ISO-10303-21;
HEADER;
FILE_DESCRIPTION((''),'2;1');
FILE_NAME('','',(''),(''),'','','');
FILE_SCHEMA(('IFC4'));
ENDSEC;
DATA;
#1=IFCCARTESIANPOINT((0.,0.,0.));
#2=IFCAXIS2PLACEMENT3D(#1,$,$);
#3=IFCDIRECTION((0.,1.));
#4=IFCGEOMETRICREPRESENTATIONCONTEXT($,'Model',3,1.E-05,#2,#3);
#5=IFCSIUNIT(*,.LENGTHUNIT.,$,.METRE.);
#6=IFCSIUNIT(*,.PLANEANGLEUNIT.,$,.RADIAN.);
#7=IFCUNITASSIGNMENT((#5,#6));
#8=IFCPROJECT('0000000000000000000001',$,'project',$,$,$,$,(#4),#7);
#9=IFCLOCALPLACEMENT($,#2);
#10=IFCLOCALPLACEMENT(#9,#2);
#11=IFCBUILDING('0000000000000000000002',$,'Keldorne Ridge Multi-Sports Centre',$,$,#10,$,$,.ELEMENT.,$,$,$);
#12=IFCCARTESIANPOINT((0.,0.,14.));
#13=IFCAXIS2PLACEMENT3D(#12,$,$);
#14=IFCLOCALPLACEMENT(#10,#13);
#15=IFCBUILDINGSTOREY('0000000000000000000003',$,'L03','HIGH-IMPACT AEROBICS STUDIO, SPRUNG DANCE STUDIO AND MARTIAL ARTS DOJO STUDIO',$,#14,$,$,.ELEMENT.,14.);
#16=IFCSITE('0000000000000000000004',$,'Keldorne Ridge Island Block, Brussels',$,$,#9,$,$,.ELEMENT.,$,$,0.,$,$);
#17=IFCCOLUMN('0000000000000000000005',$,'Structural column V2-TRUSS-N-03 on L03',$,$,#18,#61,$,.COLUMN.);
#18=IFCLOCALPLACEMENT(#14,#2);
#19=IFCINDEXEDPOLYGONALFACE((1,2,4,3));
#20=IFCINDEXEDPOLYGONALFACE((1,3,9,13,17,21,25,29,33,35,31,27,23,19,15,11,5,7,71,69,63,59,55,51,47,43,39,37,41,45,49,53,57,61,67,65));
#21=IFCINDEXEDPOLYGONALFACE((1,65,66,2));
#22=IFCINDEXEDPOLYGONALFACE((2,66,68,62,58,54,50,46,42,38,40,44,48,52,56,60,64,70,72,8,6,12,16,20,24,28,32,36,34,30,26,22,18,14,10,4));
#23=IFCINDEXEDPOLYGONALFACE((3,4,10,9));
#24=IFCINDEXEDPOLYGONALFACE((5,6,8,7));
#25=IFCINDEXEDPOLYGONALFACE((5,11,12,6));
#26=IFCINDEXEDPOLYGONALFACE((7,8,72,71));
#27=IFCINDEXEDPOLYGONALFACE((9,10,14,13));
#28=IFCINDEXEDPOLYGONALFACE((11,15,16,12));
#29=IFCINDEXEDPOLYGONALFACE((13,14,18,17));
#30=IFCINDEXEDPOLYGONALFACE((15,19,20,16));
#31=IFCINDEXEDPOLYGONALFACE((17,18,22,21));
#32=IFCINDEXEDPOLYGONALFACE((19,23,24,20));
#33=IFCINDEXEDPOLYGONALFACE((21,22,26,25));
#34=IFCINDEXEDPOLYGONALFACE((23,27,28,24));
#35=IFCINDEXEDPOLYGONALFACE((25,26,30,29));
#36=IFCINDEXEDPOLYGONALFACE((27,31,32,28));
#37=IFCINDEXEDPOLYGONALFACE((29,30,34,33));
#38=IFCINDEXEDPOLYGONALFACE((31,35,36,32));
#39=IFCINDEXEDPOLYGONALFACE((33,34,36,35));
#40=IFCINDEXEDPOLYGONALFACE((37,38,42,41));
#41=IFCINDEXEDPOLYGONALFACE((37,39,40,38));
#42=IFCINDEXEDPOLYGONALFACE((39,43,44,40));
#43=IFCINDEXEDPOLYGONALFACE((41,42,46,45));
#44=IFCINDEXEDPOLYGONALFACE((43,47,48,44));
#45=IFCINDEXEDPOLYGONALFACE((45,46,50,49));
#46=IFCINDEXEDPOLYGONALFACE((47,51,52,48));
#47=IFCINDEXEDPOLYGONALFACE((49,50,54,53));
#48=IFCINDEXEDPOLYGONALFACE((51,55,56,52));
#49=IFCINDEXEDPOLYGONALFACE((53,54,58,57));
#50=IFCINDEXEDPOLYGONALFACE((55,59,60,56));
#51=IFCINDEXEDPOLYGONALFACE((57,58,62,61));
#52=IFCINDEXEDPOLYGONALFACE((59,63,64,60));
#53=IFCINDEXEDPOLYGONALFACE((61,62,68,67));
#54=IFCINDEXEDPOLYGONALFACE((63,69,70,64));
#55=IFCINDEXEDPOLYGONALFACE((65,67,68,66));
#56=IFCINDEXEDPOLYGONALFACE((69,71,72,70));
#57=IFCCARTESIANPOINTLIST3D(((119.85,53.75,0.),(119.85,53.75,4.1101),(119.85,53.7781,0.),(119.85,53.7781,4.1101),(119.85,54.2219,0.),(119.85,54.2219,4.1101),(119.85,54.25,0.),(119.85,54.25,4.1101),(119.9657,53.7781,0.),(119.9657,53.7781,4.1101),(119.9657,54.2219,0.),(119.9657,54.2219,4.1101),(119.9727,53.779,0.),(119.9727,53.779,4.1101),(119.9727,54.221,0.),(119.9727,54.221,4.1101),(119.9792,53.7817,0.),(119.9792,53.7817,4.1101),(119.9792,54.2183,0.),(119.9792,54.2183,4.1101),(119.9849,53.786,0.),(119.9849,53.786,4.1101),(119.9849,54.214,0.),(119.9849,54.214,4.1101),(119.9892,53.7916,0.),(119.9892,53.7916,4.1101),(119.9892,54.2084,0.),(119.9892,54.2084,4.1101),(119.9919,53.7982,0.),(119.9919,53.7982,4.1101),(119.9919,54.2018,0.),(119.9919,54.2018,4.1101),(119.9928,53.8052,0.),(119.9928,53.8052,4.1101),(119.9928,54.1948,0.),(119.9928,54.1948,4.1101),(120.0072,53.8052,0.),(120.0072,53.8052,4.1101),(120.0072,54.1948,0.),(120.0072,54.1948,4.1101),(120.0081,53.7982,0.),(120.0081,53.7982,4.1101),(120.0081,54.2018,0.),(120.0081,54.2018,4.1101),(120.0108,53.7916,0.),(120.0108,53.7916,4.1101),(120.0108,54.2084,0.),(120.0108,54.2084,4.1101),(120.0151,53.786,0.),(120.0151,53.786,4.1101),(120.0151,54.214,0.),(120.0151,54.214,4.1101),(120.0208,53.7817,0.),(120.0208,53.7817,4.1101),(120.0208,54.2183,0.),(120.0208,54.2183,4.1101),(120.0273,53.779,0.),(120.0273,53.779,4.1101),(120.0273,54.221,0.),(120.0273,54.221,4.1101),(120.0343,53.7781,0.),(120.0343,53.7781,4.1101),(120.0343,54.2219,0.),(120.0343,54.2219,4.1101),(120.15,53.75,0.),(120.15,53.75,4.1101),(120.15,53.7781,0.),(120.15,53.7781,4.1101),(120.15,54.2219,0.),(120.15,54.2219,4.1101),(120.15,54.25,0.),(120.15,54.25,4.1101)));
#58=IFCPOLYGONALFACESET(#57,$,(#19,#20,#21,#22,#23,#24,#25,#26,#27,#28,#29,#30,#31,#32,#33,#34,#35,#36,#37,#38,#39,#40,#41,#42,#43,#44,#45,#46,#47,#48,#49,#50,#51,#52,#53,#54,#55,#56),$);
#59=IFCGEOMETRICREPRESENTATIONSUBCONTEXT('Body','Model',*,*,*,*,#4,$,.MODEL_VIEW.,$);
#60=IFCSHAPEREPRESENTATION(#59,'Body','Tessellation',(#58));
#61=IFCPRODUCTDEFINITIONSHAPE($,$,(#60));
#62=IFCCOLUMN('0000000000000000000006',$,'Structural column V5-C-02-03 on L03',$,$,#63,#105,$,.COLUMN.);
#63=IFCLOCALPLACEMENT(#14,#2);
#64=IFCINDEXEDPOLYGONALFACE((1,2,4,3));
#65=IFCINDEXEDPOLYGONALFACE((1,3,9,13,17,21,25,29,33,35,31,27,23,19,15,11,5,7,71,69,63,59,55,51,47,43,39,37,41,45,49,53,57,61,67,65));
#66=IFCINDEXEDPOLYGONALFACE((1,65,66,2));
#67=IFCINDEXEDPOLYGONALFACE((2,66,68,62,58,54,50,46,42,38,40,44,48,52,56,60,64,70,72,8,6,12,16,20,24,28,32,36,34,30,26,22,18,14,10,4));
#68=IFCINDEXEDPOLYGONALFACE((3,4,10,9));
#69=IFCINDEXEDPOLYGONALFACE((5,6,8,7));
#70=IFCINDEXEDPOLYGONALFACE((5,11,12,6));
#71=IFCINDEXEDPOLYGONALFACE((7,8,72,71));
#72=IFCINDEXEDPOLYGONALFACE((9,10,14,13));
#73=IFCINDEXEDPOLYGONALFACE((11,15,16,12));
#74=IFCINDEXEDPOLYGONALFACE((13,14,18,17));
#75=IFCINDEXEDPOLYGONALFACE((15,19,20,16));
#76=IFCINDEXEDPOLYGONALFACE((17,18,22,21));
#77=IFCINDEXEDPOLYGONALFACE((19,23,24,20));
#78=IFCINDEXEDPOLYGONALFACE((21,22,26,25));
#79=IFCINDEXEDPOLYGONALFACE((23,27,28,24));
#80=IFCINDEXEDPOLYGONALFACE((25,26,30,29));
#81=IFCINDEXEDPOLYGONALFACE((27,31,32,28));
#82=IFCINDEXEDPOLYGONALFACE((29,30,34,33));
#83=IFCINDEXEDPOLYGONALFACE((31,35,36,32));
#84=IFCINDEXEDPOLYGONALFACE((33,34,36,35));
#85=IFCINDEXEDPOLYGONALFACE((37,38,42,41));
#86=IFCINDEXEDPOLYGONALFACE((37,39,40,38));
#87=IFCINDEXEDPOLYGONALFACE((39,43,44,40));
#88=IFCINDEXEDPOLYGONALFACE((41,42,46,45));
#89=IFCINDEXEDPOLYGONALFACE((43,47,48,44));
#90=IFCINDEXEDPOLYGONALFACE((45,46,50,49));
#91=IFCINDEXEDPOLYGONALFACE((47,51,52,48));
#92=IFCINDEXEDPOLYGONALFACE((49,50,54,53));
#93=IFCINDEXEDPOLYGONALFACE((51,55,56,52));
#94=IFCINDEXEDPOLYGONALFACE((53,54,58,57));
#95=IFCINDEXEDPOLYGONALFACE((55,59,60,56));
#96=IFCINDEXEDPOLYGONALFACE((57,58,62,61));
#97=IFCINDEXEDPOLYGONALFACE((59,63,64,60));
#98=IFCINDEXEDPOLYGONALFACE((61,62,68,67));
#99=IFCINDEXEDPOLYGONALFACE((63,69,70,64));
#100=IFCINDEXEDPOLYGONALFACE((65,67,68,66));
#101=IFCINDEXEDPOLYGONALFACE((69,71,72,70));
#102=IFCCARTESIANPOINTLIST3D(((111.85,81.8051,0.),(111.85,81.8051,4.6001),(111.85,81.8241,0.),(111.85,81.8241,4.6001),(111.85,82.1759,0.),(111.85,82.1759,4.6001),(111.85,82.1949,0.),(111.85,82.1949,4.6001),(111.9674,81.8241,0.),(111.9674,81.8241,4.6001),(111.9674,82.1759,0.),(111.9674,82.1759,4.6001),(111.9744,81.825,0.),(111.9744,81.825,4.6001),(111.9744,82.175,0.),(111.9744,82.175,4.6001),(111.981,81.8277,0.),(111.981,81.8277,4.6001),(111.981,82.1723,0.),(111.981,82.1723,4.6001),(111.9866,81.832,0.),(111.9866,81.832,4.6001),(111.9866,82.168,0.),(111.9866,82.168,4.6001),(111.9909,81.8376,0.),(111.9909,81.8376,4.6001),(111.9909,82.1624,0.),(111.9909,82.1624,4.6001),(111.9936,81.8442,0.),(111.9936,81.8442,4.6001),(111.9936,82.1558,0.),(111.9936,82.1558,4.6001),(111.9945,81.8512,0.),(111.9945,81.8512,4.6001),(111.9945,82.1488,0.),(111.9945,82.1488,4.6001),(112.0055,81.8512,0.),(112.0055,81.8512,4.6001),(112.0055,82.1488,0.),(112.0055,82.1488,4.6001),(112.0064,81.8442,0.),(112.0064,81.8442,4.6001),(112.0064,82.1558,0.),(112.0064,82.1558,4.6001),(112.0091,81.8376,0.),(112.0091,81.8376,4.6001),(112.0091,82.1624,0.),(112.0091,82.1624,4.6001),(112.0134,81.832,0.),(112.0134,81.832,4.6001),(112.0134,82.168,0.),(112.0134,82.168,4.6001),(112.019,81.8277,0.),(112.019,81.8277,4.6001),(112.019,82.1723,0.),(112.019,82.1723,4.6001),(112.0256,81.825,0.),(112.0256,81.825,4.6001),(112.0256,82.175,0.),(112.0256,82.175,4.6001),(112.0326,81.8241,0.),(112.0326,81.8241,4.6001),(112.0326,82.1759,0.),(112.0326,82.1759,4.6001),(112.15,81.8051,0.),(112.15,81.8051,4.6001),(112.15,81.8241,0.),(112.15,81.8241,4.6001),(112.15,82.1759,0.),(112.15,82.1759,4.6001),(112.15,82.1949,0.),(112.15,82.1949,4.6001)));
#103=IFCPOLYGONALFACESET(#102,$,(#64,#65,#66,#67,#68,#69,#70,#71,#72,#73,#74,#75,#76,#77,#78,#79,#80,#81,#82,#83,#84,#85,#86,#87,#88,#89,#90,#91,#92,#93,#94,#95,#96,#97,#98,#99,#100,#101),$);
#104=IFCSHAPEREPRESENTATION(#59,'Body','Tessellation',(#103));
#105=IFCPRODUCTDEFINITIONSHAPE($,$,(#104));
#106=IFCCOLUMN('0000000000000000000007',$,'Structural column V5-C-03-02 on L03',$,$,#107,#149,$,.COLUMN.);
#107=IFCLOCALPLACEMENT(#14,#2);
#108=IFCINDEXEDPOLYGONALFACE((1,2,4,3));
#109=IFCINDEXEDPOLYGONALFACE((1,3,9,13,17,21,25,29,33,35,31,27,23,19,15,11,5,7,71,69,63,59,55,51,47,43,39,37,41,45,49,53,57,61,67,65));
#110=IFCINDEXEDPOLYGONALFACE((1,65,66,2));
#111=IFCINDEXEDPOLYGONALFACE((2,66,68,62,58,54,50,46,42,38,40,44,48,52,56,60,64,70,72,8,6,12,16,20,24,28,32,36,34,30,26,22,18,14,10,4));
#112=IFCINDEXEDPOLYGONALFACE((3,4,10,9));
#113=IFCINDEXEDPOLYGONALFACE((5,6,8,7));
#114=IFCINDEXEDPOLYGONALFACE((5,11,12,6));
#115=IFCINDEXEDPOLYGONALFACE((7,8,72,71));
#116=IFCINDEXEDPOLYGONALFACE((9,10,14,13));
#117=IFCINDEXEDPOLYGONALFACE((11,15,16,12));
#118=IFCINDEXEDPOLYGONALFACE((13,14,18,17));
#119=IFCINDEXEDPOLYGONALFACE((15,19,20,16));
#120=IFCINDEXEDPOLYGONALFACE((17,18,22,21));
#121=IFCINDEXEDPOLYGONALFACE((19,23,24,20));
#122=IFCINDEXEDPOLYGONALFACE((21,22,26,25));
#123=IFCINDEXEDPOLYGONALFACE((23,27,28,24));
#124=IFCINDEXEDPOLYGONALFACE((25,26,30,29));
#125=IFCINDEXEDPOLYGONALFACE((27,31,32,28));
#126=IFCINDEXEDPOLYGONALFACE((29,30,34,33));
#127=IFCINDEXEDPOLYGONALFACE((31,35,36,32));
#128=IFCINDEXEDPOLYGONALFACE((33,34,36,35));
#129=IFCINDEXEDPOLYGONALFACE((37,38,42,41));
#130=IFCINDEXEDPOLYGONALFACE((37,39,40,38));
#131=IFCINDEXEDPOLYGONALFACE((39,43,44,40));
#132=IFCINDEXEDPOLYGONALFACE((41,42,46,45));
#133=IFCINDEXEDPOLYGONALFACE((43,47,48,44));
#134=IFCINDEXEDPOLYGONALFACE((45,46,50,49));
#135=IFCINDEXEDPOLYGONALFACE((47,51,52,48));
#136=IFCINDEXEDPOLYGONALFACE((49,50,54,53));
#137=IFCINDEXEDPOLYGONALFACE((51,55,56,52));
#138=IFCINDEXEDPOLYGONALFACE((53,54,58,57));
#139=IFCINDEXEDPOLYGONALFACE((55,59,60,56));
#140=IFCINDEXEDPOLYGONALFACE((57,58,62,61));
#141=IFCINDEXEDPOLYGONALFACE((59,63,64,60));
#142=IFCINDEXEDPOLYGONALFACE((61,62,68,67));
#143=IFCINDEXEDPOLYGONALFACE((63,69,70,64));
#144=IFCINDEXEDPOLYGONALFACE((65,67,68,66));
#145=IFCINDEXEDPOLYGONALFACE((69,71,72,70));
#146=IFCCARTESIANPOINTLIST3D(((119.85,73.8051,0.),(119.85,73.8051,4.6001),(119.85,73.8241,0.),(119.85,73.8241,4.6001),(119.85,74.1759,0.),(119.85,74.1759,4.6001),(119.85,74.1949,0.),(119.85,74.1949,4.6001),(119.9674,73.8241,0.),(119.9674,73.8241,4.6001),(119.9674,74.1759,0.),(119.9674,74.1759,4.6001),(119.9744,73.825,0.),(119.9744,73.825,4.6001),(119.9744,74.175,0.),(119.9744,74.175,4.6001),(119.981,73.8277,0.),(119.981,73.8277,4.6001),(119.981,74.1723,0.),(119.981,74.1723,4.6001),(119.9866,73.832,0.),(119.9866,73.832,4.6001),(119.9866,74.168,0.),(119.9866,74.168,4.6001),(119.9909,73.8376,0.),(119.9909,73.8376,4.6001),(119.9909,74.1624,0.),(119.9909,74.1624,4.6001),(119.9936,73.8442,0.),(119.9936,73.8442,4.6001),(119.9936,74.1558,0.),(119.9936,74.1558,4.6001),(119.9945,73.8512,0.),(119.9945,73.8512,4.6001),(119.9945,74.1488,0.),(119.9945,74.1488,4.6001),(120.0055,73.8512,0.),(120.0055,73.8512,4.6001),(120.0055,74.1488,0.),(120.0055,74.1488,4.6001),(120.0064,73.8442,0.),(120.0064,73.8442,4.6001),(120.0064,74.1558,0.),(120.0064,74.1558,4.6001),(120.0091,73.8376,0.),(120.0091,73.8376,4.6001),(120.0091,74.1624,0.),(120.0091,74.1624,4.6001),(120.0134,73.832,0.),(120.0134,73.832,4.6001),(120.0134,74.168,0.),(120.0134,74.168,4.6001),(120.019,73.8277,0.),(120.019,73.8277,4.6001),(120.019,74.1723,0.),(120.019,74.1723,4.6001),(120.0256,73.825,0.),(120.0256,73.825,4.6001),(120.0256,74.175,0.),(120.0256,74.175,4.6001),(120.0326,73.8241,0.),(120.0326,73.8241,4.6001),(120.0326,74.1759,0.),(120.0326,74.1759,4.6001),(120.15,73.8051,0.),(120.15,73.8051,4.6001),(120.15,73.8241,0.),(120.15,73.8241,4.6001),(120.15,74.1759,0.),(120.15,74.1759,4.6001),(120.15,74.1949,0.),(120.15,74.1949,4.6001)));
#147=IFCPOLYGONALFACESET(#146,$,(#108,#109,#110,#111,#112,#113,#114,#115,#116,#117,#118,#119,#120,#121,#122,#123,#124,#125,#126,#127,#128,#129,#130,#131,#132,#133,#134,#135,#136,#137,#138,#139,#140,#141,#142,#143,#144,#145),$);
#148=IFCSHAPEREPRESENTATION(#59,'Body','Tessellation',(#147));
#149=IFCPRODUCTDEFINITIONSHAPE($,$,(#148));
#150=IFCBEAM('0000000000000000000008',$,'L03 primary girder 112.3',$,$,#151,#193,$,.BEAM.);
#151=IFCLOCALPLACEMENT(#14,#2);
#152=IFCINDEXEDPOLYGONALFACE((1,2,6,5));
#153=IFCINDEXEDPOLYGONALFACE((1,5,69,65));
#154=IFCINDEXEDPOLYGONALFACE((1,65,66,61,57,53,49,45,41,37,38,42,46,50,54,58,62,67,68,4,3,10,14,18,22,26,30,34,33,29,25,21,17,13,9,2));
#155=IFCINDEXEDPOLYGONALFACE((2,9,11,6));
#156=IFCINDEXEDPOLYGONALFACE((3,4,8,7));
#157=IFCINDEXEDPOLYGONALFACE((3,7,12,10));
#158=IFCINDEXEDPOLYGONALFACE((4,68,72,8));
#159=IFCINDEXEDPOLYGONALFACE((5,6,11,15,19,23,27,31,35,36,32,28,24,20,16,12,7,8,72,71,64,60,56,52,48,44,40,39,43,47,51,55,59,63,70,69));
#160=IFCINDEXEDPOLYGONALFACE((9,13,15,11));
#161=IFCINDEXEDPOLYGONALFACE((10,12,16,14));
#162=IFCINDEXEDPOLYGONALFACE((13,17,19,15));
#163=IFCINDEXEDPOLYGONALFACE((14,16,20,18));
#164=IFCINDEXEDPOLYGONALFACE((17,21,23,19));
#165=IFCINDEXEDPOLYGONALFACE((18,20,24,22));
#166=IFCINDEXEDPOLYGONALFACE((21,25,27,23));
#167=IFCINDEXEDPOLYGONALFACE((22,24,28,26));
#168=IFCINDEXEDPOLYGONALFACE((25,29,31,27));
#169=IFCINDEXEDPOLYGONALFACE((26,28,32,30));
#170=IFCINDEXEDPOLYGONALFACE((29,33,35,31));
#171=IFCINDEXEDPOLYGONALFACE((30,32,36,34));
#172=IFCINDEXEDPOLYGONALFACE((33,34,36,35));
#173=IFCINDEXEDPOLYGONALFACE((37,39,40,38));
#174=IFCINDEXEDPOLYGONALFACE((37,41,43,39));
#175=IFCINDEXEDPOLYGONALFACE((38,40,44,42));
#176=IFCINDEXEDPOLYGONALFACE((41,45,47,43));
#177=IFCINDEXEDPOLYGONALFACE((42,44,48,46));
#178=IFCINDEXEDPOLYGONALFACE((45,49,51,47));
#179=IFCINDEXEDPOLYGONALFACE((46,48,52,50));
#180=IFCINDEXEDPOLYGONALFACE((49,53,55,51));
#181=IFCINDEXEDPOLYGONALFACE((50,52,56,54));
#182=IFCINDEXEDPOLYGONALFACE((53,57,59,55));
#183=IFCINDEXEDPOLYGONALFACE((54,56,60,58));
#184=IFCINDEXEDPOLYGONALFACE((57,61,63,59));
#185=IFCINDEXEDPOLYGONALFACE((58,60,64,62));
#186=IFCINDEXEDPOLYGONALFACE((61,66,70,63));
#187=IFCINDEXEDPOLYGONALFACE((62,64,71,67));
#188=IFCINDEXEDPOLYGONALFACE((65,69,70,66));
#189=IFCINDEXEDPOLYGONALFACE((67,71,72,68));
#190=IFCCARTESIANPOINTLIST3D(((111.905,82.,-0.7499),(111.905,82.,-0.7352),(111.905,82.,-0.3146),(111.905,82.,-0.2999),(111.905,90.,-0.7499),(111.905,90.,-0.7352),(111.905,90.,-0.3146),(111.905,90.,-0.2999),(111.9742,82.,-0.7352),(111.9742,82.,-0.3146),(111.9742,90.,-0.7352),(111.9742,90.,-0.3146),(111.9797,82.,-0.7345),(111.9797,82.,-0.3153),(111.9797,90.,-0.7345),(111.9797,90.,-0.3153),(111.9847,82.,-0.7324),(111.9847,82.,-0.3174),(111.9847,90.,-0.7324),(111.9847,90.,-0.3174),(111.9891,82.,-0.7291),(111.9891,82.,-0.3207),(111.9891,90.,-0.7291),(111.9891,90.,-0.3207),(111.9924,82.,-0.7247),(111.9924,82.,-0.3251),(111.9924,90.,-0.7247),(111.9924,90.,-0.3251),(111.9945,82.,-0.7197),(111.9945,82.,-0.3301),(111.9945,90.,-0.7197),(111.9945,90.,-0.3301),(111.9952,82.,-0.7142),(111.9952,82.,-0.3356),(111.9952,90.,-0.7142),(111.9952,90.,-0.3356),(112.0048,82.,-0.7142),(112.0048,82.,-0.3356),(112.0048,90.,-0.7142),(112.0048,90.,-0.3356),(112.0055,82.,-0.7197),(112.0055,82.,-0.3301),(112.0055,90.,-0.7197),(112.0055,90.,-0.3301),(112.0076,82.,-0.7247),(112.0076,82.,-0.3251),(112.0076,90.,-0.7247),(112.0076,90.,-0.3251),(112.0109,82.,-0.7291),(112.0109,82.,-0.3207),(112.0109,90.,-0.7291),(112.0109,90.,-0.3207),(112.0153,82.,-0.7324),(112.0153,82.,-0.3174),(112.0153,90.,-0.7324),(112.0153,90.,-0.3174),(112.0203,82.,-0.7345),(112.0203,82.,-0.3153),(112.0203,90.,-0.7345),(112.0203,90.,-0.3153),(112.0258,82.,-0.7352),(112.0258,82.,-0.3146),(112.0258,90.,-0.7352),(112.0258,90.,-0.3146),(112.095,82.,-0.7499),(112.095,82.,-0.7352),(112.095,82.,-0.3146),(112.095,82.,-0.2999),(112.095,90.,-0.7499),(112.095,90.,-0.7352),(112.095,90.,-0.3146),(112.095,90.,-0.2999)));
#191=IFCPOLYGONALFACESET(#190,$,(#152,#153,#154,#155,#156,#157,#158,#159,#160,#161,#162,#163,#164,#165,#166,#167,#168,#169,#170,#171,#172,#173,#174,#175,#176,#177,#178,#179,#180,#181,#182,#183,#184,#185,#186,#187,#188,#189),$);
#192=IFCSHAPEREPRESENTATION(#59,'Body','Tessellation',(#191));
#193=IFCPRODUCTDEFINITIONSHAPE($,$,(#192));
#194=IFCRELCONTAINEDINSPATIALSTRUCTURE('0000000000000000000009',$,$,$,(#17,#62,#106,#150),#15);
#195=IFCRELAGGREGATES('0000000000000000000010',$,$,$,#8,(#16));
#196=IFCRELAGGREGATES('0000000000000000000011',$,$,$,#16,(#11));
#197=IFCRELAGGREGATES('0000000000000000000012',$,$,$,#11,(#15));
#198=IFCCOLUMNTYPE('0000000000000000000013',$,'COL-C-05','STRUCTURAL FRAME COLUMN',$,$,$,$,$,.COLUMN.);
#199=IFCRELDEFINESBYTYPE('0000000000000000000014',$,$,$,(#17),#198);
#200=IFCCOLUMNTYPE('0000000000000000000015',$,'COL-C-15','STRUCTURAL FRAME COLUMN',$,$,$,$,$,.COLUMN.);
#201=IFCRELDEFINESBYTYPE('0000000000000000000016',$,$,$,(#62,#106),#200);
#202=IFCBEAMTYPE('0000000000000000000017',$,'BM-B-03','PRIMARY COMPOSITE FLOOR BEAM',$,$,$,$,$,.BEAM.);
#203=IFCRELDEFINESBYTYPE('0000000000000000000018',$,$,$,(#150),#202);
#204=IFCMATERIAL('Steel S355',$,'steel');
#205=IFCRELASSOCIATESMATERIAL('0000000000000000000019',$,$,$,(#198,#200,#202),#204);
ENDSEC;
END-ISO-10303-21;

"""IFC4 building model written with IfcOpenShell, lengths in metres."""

from ifc_helpers import new_model, si_unit, direction, frame, origin, origin_2d, place, context, subcontext, project, spatial, i_section, extrude, material, material_profile, profile_set, type_object, element, save


model = new_model("IFC4")

# Units and contexts
model_context = context("Model", 3, precision=1e-05, world=origin(), true_north=direction((0.0, 1.0)))
body_context = subcontext(model_context, "Body", "Model", "MODEL_VIEW")
ifc_project = project(units=[si_unit("LENGTHUNIT", "METRE"), si_unit("PLANEANGLEUNIT", "RADIAN")], contexts=[model_context])

# Site, building, storey
site_placement = place(None, origin())
site = spatial("IfcSite", under=ifc_project, at=site_placement, Name="Keldorne Ridge Island Block, Brussels", CompositionType="ELEMENT", RefElevation=0.0)
building_placement = place(site_placement, origin())
building = spatial("IfcBuilding", under=site, at=building_placement, Name="Keldorne Ridge Multi-Sports Centre", CompositionType="ELEMENT")
storey_placement = place(building_placement, frame((0.0, 0.0, 14.0)))
storey = spatial("IfcBuildingStorey", under=building, at=storey_placement, Name="L03", Description="HIGH-IMPACT AEROBICS STUDIO, SPRUNG DANCE STUDIO AND MARTIAL ARTS DOJO STUDIO", CompositionType="ELEMENT", Elevation=14.0)

# Columns
ifc_material_1 = material(Name="Steel S355", Category="steel")
ifc_material_profile_1 = material_profile(ifc_material_1, i_section(OverallWidth=0.3, OverallDepth=0.5, WebThickness=0.0144, FlangeThickness=0.0281, FilletRadius=0.0271, at=origin_2d()), Name="HEB 500")
ifc_profile_set_1 = profile_set([ifc_material_profile_1], Name="Steel S355")
column_type_1 = type_object("IfcColumnType", Name="COL-C-05", Description="STRUCTURAL FRAME COLUMN", PredefinedType="COLUMN", material=ifc_profile_set_1)
column_placement = place(storey_placement, frame((120.0, 54.0, 0.0), z_axis=(0.0, 0.0, 1.0), x_axis=(1.0, 0.0, 0.0)))
element("IfcColumn", 1, at=column_placement, inside=storey, type_object=column_type_1, Name="Structural column V2-TRUSS-N-03 on L03", PredefinedType="COLUMN", context=body_context, shape_type="SweptSolid", body=[
    extrude(i_section(OverallWidth=0.3, OverallDepth=0.5, WebThickness=0.0144, FlangeThickness=0.0281, FilletRadius=0.0271, at=origin_2d()), origin(), (0.0, 0.0, 1.0), 4.1101),
])
ifc_material_profile_2 = material_profile(ifc_material_1, i_section(OverallWidth=0.3, OverallDepth=0.3899, WebThickness=0.011, FlangeThickness=0.019, FilletRadius=0.0271, at=origin_2d()), Name="HEA 400")
ifc_profile_set_2 = profile_set([ifc_material_profile_2], Name="Steel S355")
column_type_2 = type_object("IfcColumnType", Name="COL-C-15", Description="STRUCTURAL FRAME COLUMN", PredefinedType="COLUMN", material=ifc_profile_set_2)
for number, where, z_axis, x_axis, name in (
    (2, (112.0, 82.0, 0.0), (0.0, 0.0, 1.0), (1.0, 0.0, 0.0), "Structural column V5-C-02-03 on L03"),
    (3, (120.0, 74.0, 0.0), (0.0, 0.0, 1.0), (1.0, 0.0, 0.0), "Structural column V5-C-03-02 on L03"),
):
    element("IfcColumn", number, at=place(storey_placement, frame(where, z_axis=z_axis, x_axis=x_axis)), inside=storey, type_object=column_type_2, Name=name, PredefinedType="COLUMN", context=body_context, shape_type="SweptSolid", body=[
        extrude(i_section(OverallWidth=0.3, OverallDepth=0.3899, WebThickness=0.011, FlangeThickness=0.019, FilletRadius=0.0271, at=origin_2d()), origin(), (0.0, 0.0, 1.0), 4.6001),
    ])

# Beam
ifc_material_profile_3 = material_profile(ifc_material_1, i_section(OverallWidth=0.1899, OverallDepth=0.45, WebThickness=0.0095, FlangeThickness=0.0146, FilletRadius=0.021, at=origin_2d()), Name="IPE 450")
ifc_profile_set_3 = profile_set([ifc_material_profile_3], Name="Steel S355")
beam_type_1 = type_object("IfcBeamType", Name="BM-B-03", Description="PRIMARY COMPOSITE FLOOR BEAM", PredefinedType="BEAM", material=ifc_profile_set_3)
beam_1_placement = place(storey_placement, frame((112.0, 82.0, -0.5249), z_axis=(0.0, 1.0, 0.0), x_axis=(-1.0, 0.0, 0.0)))
element("IfcBeam", 4, at=beam_1_placement, inside=storey, type_object=beam_type_1, Name="L03 primary girder 112.3", PredefinedType="BEAM", context=body_context, shape_type="SweptSolid", body=[
    extrude(i_section(OverallWidth=0.1899, OverallDepth=0.45, WebThickness=0.0095, FlangeThickness=0.0146, FilletRadius=0.021, at=origin_2d()), origin(), (0.0, 0.0, 1.0), 8.0),
])

save(model, "model.ifc")
